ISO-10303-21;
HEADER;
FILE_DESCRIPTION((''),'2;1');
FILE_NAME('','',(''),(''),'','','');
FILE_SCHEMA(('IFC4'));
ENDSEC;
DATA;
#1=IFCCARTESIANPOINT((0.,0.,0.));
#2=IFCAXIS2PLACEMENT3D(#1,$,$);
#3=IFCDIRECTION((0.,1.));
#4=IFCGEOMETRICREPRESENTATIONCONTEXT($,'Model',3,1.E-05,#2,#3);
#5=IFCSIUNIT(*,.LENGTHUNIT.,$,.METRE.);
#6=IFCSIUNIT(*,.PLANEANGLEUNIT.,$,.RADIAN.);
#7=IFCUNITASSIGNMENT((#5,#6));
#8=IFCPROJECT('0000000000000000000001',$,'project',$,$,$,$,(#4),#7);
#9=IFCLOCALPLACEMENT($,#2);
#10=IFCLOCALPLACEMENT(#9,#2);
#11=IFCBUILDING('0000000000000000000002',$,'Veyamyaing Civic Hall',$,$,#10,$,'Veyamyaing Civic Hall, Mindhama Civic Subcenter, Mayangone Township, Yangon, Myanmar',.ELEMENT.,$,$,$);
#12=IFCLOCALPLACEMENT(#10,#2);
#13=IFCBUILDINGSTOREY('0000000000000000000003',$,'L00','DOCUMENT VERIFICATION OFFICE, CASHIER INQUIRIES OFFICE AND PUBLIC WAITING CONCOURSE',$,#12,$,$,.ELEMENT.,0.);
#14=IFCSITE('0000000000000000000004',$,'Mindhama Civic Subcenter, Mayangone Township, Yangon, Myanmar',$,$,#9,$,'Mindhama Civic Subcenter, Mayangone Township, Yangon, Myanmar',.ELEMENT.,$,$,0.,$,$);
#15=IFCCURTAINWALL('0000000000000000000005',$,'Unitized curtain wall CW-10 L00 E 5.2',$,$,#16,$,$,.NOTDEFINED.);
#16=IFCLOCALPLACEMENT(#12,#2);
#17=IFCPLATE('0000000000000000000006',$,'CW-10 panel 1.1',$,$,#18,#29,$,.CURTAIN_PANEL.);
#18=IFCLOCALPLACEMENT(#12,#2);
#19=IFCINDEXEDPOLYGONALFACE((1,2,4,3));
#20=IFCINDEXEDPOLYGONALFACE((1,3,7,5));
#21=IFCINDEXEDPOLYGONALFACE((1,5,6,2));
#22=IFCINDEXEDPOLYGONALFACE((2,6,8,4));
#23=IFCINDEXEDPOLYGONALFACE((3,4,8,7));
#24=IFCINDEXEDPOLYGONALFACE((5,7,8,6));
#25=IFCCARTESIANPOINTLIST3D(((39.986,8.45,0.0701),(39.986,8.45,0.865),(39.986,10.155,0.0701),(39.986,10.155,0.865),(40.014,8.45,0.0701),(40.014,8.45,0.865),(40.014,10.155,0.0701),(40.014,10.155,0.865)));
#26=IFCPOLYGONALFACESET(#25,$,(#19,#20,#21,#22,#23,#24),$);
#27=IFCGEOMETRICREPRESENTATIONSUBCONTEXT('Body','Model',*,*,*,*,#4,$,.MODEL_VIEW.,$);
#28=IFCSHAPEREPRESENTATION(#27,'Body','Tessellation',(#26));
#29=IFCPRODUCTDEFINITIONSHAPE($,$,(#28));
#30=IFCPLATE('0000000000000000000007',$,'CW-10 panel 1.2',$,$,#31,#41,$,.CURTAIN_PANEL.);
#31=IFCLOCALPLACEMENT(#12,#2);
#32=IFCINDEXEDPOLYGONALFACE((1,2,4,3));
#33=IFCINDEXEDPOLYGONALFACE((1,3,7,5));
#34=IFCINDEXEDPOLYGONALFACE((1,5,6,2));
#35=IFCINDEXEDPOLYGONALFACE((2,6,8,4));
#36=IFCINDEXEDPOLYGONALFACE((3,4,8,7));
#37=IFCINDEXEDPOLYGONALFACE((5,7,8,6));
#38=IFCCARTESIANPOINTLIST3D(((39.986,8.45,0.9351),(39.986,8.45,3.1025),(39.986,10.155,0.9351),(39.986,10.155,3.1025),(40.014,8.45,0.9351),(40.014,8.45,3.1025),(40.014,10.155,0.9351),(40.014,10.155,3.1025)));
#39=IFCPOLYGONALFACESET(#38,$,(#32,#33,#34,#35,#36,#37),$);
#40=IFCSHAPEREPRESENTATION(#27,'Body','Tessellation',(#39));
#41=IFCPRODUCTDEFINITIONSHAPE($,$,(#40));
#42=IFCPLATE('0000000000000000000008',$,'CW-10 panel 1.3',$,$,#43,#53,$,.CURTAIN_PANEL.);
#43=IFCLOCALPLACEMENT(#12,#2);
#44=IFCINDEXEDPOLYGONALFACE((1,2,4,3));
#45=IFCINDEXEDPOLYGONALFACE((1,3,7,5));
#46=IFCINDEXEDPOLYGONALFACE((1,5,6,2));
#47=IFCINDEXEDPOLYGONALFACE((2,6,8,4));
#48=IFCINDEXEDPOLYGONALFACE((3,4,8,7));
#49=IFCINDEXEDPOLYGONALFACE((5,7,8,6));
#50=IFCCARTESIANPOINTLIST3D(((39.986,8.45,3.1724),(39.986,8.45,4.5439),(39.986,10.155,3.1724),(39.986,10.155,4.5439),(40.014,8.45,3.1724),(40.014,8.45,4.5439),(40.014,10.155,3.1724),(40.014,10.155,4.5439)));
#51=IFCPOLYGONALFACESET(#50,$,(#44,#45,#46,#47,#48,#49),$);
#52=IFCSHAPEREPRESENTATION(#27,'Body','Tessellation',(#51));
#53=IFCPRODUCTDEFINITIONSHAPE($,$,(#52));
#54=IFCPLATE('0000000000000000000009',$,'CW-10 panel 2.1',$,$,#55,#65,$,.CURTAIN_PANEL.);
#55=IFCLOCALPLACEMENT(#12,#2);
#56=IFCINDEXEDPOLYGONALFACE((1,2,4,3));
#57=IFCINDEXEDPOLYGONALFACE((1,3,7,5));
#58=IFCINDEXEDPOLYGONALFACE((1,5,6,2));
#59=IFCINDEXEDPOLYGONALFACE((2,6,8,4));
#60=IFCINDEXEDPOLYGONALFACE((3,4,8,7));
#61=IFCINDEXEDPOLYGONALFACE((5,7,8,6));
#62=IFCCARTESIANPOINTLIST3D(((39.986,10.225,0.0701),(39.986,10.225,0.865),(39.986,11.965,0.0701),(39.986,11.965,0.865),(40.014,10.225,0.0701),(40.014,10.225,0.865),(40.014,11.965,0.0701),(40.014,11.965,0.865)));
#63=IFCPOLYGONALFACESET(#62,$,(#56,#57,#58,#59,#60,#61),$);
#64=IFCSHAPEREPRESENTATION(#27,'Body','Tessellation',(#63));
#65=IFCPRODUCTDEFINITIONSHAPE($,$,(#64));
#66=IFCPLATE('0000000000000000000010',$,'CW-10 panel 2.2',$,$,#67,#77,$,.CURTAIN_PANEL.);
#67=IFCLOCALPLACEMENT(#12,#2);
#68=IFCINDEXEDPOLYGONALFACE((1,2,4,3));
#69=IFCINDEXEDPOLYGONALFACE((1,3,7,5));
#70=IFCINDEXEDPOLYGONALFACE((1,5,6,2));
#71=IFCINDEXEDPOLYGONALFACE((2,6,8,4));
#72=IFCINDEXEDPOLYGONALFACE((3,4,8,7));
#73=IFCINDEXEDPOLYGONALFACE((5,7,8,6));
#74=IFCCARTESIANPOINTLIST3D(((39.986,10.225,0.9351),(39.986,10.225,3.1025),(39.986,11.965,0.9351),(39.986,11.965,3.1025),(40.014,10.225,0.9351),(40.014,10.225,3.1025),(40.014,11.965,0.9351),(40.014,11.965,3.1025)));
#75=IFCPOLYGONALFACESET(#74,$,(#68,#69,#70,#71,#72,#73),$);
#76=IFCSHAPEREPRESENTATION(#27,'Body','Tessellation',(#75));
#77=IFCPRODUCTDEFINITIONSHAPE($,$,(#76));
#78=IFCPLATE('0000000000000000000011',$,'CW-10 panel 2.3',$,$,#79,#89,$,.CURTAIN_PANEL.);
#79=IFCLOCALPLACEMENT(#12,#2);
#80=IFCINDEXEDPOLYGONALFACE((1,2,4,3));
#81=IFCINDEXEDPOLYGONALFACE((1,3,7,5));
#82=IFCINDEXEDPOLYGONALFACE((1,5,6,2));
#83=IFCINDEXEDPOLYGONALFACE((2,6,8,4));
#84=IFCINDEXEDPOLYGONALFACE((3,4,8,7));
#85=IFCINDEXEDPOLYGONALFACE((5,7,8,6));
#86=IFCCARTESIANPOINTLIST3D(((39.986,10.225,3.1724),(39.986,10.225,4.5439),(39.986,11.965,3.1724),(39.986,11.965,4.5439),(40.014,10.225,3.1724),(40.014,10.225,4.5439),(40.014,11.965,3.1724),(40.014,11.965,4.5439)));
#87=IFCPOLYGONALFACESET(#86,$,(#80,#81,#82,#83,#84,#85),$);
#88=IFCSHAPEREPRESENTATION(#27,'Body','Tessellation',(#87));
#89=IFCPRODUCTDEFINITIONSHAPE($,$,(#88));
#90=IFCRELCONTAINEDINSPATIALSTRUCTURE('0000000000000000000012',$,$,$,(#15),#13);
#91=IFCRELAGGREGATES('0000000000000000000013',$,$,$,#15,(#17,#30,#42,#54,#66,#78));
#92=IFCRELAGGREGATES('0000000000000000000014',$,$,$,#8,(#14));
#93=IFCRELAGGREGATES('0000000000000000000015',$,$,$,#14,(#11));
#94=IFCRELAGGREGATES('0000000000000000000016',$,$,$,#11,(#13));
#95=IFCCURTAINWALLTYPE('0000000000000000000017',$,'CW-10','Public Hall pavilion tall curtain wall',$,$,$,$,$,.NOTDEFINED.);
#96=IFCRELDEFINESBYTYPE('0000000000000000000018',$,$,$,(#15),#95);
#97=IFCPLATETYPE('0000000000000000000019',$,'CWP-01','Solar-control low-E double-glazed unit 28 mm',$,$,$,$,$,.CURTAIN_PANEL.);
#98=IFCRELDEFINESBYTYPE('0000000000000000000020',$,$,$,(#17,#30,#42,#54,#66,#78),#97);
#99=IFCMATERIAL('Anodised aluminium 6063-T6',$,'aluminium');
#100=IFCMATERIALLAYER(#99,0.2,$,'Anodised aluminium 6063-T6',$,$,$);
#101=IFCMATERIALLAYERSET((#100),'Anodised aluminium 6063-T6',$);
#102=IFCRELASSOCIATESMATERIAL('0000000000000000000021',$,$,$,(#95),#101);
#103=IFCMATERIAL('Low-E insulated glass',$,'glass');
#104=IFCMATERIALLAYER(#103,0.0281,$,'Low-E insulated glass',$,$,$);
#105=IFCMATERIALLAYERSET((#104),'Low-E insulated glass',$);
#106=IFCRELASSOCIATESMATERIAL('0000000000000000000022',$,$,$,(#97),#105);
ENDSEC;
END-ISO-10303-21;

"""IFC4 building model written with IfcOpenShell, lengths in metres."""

from ifc_helpers import new_model, si_unit, direction, frame, origin, origin_2d, place, context, subcontext, project, spatial, rectangle, extrude, material, layer, layer_set, type_object, element, aggregate, save


model = new_model("IFC4")

# Units and contexts
model_context = context("Model", 3, precision=1e-05, world=origin(), true_north=direction((0.0, 1.0)))
body_context = subcontext(model_context, "Body", "Model", "MODEL_VIEW")
ifc_project = project(units=[si_unit("LENGTHUNIT", "METRE"), si_unit("PLANEANGLEUNIT", "RADIAN")], contexts=[model_context])

# Site, building, storey
site_placement = place(None, origin())
site = spatial("IfcSite", under=ifc_project, at=site_placement, Name="Mindhama Civic Subcenter, Mayangone Township, Yangon, Myanmar", LongName="Mindhama Civic Subcenter, Mayangone Township, Yangon, Myanmar", CompositionType="ELEMENT", RefElevation=0.0)
building_placement = place(site_placement, origin())
building = spatial("IfcBuilding", under=site, at=building_placement, Name="Veyamyaing Civic Hall", LongName="Veyamyaing Civic Hall, Mindhama Civic Subcenter, Mayangone Township, Yangon, Myanmar", CompositionType="ELEMENT")
storey_placement = place(building_placement, origin())
storey = spatial("IfcBuildingStorey", under=building, at=storey_placement, Name="L00", Description="DOCUMENT VERIFICATION OFFICE, CASHIER INQUIRIES OFFICE AND PUBLIC WAITING CONCOURSE", CompositionType="ELEMENT", Elevation=0.0)

# Curtain wall
ifc_material_1 = material(Name="Anodised aluminium 6063-T6", Category="aluminium")
ifc_layer_1 = layer(ifc_material_1, 0.2, Name="Anodised aluminium 6063-T6")
ifc_layer_set_1 = layer_set([ifc_layer_1], Name="Anodised aluminium 6063-T6")
curtain_wall_type = type_object("IfcCurtainWallType", Name="CW-10", Description="Public Hall pavilion tall curtain wall", PredefinedType="NOTDEFINED", material=ifc_layer_set_1)
curtain_wall_1_placement = place(storey_placement, origin())
curtain_wall_1 = element("IfcCurtainWall", 1, at=curtain_wall_1_placement, inside=storey, type_object=curtain_wall_type, Name="Unitized curtain wall CW-10 L00 E 5.2", PredefinedType="NOTDEFINED")

# Plates
ifc_material_2 = material(Name="Low-E insulated glass", Category="glass")
ifc_layer_2 = layer(ifc_material_2, 0.0281, Name="Low-E insulated glass")
ifc_layer_set_2 = layer_set([ifc_layer_2], Name="Low-E insulated glass")
plate_type = type_object("IfcPlateType", Name="CWP-01", Description="Solar-control low-E double-glazed unit 28 mm", PredefinedType="CURTAIN_PANEL", material=ifc_layer_set_2)
plate_1_placement = place(storey_placement, frame((40.0, 9.3025, 0.0701), z_axis=(0.0, 0.0, 1.0), x_axis=(0.0, 1.0, 0.0)))
plate_1 = element("IfcPlate", 2, at=plate_1_placement, type_object=plate_type, Name="CW-10 panel 1.1", PredefinedType="CURTAIN_PANEL", context=body_context, shape_type="SweptSolid", body=[
    extrude(rectangle(XDim=1.7051, YDim=0.0281, at=origin_2d()), origin(), (0.0, 0.0, 1.0), 0.7949),
])
plate_2_placement = place(storey_placement, frame((40.0, 9.3025, 0.9351), z_axis=(0.0, 0.0, 1.0), x_axis=(0.0, 1.0, 0.0)))
plate_2 = element("IfcPlate", 3, at=plate_2_placement, type_object=plate_type, Name="CW-10 panel 1.2", PredefinedType="CURTAIN_PANEL", context=body_context, shape_type="SweptSolid", body=[
    extrude(rectangle(XDim=1.7051, YDim=0.0281, at=origin_2d()), origin(), (0.0, 0.0, 1.0), 2.1675),
])
plate_3_placement = place(storey_placement, frame((40.0, 9.3025, 3.1724), z_axis=(0.0, 0.0, 1.0), x_axis=(0.0, 1.0, 0.0)))
plate_3 = element("IfcPlate", 4, at=plate_3_placement, type_object=plate_type, Name="CW-10 panel 1.3", PredefinedType="CURTAIN_PANEL", context=body_context, shape_type="SweptSolid", body=[
    extrude(rectangle(XDim=1.7051, YDim=0.0281, at=origin_2d()), origin(), (0.0, 0.0, 1.0), 1.3716),
])
plate_4_placement = place(storey_placement, frame((40.0, 11.095, 0.0701), z_axis=(0.0, 0.0, 1.0), x_axis=(0.0, 1.0, 0.0)))
plate_4 = element("IfcPlate", 5, at=plate_4_placement, type_object=plate_type, Name="CW-10 panel 2.1", PredefinedType="CURTAIN_PANEL", context=body_context, shape_type="SweptSolid", body=[
    extrude(rectangle(XDim=1.74, YDim=0.0281, at=origin_2d()), origin(), (0.0, 0.0, 1.0), 0.7949),
])
plate_5_placement = place(storey_placement, frame((40.0, 11.095, 0.9351), z_axis=(0.0, 0.0, 1.0), x_axis=(0.0, 1.0, 0.0)))
plate_5 = element("IfcPlate", 6, at=plate_5_placement, type_object=plate_type, Name="CW-10 panel 2.2", PredefinedType="CURTAIN_PANEL", context=body_context, shape_type="SweptSolid", body=[
    extrude(rectangle(XDim=1.74, YDim=0.0281, at=origin_2d()), origin(), (0.0, 0.0, 1.0), 2.1675),
])
plate_6_placement = place(storey_placement, frame((40.0, 11.095, 3.1724), z_axis=(0.0, 0.0, 1.0), x_axis=(0.0, 1.0, 0.0)))
plate_6 = element("IfcPlate", 7, at=plate_6_placement, type_object=plate_type, Name="CW-10 panel 2.3", PredefinedType="CURTAIN_PANEL", context=body_context, shape_type="SweptSolid", body=[
    extrude(rectangle(XDim=1.74, YDim=0.0281, at=origin_2d()), origin(), (0.0, 0.0, 1.0), 1.3716),
])
aggregate(curtain_wall_1, [plate_1, plate_2, plate_3, plate_4, plate_5, plate_6])

save(model, "model.ifc")
